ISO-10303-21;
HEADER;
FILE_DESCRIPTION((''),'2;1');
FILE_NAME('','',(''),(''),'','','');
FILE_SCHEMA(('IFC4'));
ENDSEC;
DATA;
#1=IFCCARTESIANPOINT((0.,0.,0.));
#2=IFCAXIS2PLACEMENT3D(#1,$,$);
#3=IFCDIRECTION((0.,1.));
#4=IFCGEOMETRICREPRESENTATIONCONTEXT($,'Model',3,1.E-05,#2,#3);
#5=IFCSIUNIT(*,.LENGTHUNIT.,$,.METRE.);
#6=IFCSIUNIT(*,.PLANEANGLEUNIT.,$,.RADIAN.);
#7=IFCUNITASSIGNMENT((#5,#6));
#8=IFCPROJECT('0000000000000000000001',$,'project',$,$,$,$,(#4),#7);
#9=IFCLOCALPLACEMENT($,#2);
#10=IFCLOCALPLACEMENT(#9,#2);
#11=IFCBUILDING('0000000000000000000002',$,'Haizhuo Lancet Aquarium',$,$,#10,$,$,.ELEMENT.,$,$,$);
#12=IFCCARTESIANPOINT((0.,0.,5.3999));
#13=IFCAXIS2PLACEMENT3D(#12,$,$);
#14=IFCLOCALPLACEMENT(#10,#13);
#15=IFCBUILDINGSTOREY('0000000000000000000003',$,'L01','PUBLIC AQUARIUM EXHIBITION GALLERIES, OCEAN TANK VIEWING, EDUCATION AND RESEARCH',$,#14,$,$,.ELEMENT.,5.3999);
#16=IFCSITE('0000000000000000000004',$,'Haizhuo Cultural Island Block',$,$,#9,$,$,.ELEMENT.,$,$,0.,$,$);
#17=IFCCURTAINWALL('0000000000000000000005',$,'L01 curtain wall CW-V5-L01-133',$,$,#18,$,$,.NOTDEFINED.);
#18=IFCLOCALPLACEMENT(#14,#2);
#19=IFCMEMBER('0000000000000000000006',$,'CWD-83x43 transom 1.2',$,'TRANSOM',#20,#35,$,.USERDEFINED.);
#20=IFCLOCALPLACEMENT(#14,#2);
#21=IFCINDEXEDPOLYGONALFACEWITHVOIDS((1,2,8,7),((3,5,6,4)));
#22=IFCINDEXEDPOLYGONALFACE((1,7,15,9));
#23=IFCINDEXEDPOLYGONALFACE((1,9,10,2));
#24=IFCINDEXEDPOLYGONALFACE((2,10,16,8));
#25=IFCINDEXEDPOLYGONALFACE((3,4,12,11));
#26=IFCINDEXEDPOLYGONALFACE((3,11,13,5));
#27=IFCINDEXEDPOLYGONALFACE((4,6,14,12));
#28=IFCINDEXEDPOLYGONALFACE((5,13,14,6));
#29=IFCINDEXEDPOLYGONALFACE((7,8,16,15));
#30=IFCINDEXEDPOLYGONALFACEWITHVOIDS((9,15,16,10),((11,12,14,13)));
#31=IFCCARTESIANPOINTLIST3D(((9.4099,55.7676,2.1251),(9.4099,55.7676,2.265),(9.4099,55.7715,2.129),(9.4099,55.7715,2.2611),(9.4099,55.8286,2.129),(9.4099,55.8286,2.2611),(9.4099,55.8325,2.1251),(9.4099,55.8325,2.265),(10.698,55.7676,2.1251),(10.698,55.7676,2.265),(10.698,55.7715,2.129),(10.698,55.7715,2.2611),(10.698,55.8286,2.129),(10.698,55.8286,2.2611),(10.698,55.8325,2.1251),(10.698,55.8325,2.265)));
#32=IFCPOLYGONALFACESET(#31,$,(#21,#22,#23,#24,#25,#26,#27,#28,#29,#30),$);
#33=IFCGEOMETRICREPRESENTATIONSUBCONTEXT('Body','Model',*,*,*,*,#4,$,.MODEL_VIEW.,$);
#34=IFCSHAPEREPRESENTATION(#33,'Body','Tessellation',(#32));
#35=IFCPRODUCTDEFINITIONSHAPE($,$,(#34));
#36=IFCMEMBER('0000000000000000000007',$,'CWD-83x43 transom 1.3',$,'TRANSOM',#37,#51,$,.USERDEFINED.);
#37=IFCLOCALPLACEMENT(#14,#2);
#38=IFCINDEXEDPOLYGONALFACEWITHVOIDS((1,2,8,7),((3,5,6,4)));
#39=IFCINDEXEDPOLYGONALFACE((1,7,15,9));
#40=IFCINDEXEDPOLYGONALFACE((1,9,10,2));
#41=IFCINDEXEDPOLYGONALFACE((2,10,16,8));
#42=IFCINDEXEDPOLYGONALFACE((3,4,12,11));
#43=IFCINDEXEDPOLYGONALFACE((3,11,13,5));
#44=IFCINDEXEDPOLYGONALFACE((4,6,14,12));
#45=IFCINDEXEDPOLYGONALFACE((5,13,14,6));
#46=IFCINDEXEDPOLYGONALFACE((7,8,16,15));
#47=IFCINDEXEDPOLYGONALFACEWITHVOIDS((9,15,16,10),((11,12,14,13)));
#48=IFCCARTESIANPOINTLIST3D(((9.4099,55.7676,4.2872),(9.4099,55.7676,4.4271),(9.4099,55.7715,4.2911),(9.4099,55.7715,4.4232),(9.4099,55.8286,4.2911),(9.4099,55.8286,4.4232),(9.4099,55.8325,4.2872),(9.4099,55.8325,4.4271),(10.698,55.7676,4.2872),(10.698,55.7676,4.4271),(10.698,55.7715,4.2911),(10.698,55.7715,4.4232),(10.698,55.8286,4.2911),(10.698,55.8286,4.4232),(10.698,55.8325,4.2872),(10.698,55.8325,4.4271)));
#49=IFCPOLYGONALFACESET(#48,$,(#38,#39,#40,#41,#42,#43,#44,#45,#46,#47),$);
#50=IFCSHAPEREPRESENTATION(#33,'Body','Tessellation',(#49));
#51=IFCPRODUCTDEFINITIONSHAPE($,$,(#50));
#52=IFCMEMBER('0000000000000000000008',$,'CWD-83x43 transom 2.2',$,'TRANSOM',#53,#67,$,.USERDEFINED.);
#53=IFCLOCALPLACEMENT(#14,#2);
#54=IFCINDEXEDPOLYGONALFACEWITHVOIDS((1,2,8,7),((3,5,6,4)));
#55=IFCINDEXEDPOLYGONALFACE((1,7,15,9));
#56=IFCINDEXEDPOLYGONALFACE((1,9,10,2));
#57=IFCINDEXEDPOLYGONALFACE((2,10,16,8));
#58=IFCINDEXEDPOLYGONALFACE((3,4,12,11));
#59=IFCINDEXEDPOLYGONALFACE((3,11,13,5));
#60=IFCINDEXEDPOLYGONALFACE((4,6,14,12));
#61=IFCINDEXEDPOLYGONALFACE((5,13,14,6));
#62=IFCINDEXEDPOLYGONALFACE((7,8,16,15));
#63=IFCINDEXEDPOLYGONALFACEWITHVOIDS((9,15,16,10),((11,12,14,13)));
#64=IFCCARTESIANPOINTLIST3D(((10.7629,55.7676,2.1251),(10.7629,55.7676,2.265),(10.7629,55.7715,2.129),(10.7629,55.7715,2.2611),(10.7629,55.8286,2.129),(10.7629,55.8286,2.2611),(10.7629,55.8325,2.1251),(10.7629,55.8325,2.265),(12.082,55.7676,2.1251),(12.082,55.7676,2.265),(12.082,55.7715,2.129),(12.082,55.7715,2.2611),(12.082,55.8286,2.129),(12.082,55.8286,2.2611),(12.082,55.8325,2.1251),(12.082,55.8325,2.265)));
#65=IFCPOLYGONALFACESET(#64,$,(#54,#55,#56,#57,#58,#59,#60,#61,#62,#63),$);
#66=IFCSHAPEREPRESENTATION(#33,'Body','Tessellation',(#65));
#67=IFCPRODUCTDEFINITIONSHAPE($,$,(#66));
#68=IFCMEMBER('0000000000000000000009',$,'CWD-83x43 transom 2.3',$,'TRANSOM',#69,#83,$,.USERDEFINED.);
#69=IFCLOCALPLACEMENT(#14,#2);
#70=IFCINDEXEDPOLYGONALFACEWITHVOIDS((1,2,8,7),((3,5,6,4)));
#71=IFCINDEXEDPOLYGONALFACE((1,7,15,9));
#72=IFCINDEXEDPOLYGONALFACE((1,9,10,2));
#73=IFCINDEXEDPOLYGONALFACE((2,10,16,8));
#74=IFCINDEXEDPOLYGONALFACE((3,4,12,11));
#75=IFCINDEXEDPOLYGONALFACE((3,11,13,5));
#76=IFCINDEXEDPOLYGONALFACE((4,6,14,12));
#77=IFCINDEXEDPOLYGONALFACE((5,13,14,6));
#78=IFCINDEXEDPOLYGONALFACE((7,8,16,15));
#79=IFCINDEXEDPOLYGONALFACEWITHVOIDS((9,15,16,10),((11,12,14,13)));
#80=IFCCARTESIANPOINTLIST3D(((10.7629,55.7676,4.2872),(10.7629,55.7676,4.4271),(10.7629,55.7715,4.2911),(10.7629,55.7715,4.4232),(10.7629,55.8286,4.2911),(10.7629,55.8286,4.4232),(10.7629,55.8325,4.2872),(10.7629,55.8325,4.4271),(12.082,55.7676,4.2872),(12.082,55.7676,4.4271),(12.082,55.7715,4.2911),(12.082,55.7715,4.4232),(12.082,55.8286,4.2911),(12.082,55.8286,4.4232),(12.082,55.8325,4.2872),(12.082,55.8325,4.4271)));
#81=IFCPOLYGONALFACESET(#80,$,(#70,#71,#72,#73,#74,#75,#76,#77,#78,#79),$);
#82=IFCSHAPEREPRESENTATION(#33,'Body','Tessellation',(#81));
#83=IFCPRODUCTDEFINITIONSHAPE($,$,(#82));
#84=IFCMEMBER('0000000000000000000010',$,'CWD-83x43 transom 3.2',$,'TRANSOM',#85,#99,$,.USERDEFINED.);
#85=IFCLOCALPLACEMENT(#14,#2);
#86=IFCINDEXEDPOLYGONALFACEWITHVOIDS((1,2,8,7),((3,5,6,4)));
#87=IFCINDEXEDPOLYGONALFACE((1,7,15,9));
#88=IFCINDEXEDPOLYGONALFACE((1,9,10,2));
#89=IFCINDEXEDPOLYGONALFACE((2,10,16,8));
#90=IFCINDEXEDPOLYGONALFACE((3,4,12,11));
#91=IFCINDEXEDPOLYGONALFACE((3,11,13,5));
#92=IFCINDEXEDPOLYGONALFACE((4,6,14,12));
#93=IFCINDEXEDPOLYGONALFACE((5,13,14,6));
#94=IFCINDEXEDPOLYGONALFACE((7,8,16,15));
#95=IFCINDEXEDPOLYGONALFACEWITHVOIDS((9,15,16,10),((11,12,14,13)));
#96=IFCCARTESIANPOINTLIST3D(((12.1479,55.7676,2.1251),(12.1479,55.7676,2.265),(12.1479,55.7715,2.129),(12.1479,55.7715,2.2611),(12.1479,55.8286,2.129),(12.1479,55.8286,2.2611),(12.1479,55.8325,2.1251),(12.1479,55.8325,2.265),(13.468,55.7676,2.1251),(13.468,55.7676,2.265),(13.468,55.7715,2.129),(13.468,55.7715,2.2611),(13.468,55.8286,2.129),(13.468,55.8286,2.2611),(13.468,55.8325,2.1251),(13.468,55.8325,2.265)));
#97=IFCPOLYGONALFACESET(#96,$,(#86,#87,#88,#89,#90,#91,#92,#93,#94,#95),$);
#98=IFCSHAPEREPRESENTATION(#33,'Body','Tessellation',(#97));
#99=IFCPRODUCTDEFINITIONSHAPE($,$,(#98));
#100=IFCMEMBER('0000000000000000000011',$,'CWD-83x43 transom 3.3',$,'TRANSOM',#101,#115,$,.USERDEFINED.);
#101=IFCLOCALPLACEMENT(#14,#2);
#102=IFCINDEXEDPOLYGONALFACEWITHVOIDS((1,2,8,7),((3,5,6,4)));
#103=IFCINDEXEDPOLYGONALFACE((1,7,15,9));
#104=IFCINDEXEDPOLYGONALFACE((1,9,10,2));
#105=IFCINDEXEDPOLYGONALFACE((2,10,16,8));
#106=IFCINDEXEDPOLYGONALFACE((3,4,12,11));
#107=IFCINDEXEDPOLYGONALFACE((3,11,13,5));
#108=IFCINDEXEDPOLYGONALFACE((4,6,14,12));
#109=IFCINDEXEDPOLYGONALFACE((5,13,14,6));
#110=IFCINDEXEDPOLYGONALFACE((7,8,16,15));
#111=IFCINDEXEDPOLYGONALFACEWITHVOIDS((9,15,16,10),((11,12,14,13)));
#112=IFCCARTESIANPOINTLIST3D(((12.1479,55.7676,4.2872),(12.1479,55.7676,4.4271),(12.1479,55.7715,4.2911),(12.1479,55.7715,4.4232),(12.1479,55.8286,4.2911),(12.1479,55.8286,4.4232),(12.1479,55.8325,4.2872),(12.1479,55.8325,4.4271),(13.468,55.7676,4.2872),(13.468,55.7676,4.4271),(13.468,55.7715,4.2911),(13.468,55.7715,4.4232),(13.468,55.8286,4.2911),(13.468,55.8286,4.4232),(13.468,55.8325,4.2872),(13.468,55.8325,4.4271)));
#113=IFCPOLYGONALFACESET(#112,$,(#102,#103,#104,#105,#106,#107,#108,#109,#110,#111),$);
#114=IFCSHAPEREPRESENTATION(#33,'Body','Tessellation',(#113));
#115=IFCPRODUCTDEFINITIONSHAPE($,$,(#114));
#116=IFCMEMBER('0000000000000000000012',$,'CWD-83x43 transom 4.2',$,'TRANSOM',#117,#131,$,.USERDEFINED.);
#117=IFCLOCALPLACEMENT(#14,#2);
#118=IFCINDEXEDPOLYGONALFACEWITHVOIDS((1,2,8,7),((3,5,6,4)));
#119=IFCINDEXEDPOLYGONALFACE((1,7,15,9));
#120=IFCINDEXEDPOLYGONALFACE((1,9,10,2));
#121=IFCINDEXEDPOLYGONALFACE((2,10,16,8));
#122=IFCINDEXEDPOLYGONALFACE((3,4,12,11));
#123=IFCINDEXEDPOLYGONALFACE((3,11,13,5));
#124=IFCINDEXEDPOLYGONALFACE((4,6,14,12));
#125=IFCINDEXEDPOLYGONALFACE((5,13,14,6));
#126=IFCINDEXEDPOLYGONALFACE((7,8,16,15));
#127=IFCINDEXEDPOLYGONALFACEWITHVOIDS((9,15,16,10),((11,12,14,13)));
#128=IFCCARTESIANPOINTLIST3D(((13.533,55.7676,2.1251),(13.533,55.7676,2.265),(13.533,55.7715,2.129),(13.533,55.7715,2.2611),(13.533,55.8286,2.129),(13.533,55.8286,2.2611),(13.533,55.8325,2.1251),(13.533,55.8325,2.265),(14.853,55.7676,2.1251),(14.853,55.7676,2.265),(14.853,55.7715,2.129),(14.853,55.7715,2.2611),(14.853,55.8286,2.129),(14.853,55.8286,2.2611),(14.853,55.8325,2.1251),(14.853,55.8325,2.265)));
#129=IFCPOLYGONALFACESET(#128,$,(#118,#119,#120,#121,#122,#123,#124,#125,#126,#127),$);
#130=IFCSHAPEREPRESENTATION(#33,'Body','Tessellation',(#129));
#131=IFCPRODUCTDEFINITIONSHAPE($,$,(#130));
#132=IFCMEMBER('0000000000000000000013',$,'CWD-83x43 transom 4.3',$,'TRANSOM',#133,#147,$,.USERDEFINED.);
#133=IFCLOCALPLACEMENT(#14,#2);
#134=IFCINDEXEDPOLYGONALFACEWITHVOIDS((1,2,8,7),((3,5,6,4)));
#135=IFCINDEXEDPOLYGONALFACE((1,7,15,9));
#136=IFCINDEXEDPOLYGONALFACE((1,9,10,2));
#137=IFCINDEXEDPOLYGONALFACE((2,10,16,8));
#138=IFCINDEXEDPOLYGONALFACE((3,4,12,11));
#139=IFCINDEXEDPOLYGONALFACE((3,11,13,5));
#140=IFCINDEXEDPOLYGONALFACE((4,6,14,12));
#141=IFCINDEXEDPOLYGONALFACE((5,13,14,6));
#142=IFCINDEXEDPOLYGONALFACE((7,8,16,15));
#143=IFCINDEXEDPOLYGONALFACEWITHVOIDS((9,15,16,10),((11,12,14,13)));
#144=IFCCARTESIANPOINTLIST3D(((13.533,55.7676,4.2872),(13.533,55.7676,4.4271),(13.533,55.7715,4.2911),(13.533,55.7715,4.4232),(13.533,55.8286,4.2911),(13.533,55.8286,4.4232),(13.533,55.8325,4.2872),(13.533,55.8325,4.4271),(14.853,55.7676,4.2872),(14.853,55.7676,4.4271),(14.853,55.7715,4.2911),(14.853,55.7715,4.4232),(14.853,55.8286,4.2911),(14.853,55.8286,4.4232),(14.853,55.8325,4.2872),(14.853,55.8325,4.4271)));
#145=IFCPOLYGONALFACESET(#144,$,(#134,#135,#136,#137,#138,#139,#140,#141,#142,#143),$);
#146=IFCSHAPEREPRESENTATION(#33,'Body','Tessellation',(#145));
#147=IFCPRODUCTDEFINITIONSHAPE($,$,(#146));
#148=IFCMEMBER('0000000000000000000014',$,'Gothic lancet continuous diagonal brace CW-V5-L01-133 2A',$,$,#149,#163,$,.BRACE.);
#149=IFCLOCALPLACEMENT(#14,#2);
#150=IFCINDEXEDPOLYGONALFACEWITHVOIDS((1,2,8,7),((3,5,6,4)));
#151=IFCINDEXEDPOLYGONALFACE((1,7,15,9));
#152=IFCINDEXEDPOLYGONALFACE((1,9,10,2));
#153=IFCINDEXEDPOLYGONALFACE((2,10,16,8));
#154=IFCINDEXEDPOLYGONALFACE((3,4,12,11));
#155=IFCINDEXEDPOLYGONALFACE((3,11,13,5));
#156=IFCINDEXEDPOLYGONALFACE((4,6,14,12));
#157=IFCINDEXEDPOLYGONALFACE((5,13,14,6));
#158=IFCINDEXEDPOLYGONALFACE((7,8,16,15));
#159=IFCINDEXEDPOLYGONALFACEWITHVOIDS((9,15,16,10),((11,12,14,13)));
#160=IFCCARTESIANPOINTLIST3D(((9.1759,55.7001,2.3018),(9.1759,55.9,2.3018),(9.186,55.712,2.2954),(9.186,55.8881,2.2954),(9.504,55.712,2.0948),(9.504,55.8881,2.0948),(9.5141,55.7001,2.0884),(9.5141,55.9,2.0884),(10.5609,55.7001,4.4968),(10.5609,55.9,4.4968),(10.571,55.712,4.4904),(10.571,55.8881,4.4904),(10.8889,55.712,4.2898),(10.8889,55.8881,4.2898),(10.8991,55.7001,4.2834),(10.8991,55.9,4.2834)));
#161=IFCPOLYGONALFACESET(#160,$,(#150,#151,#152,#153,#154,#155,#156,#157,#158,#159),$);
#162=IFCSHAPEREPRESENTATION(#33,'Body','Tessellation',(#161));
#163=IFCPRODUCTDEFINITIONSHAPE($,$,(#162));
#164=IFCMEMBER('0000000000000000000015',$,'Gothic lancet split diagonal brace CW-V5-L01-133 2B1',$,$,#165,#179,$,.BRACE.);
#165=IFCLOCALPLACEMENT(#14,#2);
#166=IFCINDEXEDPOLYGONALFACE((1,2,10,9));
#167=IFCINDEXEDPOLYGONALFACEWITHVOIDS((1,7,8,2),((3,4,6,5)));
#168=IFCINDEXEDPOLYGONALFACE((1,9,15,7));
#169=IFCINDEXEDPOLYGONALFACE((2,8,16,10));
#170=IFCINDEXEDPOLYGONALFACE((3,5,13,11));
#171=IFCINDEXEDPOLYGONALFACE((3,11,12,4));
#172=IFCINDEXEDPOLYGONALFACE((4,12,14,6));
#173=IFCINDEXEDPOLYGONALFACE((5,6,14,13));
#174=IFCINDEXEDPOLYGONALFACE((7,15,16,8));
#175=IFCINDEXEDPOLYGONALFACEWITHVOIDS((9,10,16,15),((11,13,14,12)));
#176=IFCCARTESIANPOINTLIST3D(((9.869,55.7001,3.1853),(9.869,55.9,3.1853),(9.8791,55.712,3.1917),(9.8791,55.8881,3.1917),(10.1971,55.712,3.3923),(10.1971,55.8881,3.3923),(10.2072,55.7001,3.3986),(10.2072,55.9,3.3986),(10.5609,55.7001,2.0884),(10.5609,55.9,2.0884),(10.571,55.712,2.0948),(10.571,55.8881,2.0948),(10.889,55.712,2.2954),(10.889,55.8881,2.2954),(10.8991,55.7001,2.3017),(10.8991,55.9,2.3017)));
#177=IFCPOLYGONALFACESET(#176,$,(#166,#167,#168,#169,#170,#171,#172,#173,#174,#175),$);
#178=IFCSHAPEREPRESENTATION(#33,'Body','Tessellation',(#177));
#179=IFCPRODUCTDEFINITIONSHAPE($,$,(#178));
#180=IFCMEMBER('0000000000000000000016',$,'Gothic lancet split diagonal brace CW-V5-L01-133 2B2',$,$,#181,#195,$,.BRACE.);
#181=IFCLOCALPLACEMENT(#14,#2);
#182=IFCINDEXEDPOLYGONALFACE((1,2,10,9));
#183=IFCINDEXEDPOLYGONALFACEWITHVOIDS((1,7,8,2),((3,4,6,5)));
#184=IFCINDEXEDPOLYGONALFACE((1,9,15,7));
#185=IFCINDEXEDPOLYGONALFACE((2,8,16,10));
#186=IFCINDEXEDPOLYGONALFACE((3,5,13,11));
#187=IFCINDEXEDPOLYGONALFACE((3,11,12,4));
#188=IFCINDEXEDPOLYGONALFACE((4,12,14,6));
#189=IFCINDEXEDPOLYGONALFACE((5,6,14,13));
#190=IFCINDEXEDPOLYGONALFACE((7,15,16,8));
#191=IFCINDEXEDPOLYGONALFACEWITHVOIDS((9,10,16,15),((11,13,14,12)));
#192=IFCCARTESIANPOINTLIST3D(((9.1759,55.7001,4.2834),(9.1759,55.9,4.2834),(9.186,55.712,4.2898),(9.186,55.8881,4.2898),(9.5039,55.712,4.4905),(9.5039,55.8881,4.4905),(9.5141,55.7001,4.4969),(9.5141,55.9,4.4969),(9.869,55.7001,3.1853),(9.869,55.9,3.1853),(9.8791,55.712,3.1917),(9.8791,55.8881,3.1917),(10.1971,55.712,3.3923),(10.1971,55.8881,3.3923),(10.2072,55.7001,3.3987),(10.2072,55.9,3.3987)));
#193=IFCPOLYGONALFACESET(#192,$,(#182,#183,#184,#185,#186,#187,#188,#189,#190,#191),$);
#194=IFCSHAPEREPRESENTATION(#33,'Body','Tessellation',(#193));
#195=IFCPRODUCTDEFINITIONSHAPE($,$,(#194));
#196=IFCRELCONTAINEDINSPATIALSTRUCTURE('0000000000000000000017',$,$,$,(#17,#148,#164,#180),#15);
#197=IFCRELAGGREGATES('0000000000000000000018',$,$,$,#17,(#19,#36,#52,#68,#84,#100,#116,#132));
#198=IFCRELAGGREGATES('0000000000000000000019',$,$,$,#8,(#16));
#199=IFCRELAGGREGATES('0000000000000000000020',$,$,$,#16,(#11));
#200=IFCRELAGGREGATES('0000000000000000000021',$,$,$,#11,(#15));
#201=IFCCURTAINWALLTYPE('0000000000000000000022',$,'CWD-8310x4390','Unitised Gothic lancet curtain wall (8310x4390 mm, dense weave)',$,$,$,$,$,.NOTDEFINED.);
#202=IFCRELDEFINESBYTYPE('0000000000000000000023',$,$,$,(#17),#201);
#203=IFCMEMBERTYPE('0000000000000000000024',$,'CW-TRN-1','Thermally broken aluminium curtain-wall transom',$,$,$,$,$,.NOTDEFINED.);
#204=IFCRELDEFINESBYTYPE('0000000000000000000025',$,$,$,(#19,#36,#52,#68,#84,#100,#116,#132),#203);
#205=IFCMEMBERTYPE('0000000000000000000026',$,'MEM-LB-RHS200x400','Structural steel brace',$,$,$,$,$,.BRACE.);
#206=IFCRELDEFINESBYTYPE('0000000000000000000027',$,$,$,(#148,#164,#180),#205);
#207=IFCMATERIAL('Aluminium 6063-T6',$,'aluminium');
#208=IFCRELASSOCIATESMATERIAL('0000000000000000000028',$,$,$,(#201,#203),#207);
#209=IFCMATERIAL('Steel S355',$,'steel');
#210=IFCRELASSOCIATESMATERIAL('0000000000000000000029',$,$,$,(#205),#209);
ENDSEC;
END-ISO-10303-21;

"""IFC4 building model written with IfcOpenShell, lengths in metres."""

from ifc_helpers import new_model, si_unit, direction, frame, origin, origin_2d, place, context, subcontext, project, spatial, hollow_rectangle, extrude, material, material_profile, profile_set, type_object, element, aggregate, save


model = new_model("IFC4")

# Units and contexts
model_context = context("Model", 3, precision=1e-05, world=origin(), true_north=direction((0.0, 1.0)))
body_context = subcontext(model_context, "Body", "Model", "MODEL_VIEW")
ifc_project = project(units=[si_unit("LENGTHUNIT", "METRE"), si_unit("PLANEANGLEUNIT", "RADIAN")], contexts=[model_context])

# Site, building, storey
site_placement = place(None, origin())
site = spatial("IfcSite", under=ifc_project, at=site_placement, Name="Haizhuo Cultural Island Block", CompositionType="ELEMENT", RefElevation=0.0)
building_placement = place(site_placement, origin())
building = spatial("IfcBuilding", under=site, at=building_placement, Name="Haizhuo Lancet Aquarium", CompositionType="ELEMENT")
storey_placement = place(building_placement, frame((0.0, 0.0, 5.3999)))
storey = spatial("IfcBuildingStorey", under=building, at=storey_placement, Name="L01", Description="PUBLIC AQUARIUM EXHIBITION GALLERIES, OCEAN TANK VIEWING, EDUCATION AND RESEARCH", CompositionType="ELEMENT", Elevation=5.3999)

# Curtain wall, members
ifc_material_1 = material(Name="Aluminium 6063-T6", Category="aluminium")
curtain_wall_type = type_object("IfcCurtainWallType", Name="CWD-8310x4390", Description="Unitised Gothic lancet curtain wall (8310x4390 mm, dense weave)", PredefinedType="NOTDEFINED", material=ifc_material_1)
curtain_wall_placement = place(storey_placement, origin())
curtain_wall = element("IfcCurtainWall", 1, at=curtain_wall_placement, inside=storey, type_object=curtain_wall_type, Name="L01 curtain wall CW-V5-L01-133", PredefinedType="NOTDEFINED")
ifc_material_profile_1 = material_profile(ifc_material_1, hollow_rectangle(XDim=0.0649, YDim=0.1399, WallThickness=0.0039, at=origin_2d()), Name="ALU-T 65x140x4")
ifc_profile_set_1 = profile_set([ifc_material_profile_1], Name="Aluminium 6063-T6")
member_type_1 = type_object("IfcMemberType", Name="CW-TRN-1", Description="Thermally broken aluminium curtain-wall transom", PredefinedType="NOTDEFINED", material=ifc_profile_set_1)
member_1_placement = place(storey_placement, frame((9.4099, 55.8, 2.1951), z_axis=(1.0, 0.0, 0.0), x_axis=(0.0, 1.0, 0.0)))
member_1 = element("IfcMember", 2, at=member_1_placement, type_object=member_type_1, Name="CWD-83x43 transom 1.2", ObjectType="TRANSOM", PredefinedType="USERDEFINED", context=body_context, shape_type="SweptSolid", body=[
    extrude(hollow_rectangle(XDim=0.0649, YDim=0.1399, WallThickness=0.0039, at=origin_2d()), origin(), (0.0, 0.0, 1.0), 1.2881),
])
member_2_placement = place(storey_placement, frame((9.4099, 55.8, 4.3572), z_axis=(1.0, 0.0, 0.0), x_axis=(0.0, 1.0, 0.0)))
member_2 = element("IfcMember", 3, at=member_2_placement, type_object=member_type_1, Name="CWD-83x43 transom 1.3", ObjectType="TRANSOM", PredefinedType="USERDEFINED", context=body_context, shape_type="SweptSolid", body=[
    extrude(hollow_rectangle(XDim=0.0649, YDim=0.1399, WallThickness=0.0039, at=origin_2d()), origin(), (0.0, 0.0, 1.0), 1.2881),
])
member_3_placement = place(storey_placement, frame((10.7629, 55.8, 2.1951), z_axis=(1.0, 0.0, 0.0), x_axis=(0.0, 1.0, 0.0)))
member_3 = element("IfcMember", 4, at=member_3_placement, type_object=member_type_1, Name="CWD-83x43 transom 2.2", ObjectType="TRANSOM", PredefinedType="USERDEFINED", context=body_context, shape_type="SweptSolid", body=[
    extrude(hollow_rectangle(XDim=0.0649, YDim=0.1399, WallThickness=0.0039, at=origin_2d()), origin(), (0.0, 0.0, 1.0), 1.3191),
])
member_4_placement = place(storey_placement, frame((10.7629, 55.8, 4.3572), z_axis=(1.0, 0.0, 0.0), x_axis=(0.0, 1.0, 0.0)))
member_4 = element("IfcMember", 5, at=member_4_placement, type_object=member_type_1, Name="CWD-83x43 transom 2.3", ObjectType="TRANSOM", PredefinedType="USERDEFINED", context=body_context, shape_type="SweptSolid", body=[
    extrude(hollow_rectangle(XDim=0.0649, YDim=0.1399, WallThickness=0.0039, at=origin_2d()), origin(), (0.0, 0.0, 1.0), 1.3191),
])
member_5_placement = place(storey_placement, frame((12.1479, 55.8, 2.1951), z_axis=(1.0, 0.0, 0.0), x_axis=(0.0, 1.0, 0.0)))
member_5 = element("IfcMember", 6, at=member_5_placement, type_object=member_type_1, Name="CWD-83x43 transom 3.2", ObjectType="TRANSOM", PredefinedType="USERDEFINED", context=body_context, shape_type="SweptSolid", body=[
    extrude(hollow_rectangle(XDim=0.0649, YDim=0.1399, WallThickness=0.0039, at=origin_2d()), origin(), (0.0, 0.0, 1.0), 1.3201),
])
member_6_placement = place(storey_placement, frame((12.1479, 55.8, 4.3572), z_axis=(1.0, 0.0, 0.0), x_axis=(0.0, 1.0, 0.0)))
member_6 = element("IfcMember", 7, at=member_6_placement, type_object=member_type_1, Name="CWD-83x43 transom 3.3", ObjectType="TRANSOM", PredefinedType="USERDEFINED", context=body_context, shape_type="SweptSolid", body=[
    extrude(hollow_rectangle(XDim=0.0649, YDim=0.1399, WallThickness=0.0039, at=origin_2d()), origin(), (0.0, 0.0, 1.0), 1.3201),
])
member_7_placement = place(storey_placement, frame((13.533, 55.8, 2.1951), z_axis=(1.0, 0.0, 0.0), x_axis=(0.0, 1.0, 0.0)))
member_7 = element("IfcMember", 8, at=member_7_placement, type_object=member_type_1, Name="CWD-83x43 transom 4.2", ObjectType="TRANSOM", PredefinedType="USERDEFINED", context=body_context, shape_type="SweptSolid", body=[
    extrude(hollow_rectangle(XDim=0.0649, YDim=0.1399, WallThickness=0.0039, at=origin_2d()), origin(), (0.0, 0.0, 1.0), 1.3201),
])
member_8_placement = place(storey_placement, frame((13.533, 55.8, 4.3572), z_axis=(1.0, 0.0, 0.0), x_axis=(0.0, 1.0, 0.0)))
member_8 = element("IfcMember", 9, at=member_8_placement, type_object=member_type_1, Name="CWD-83x43 transom 4.3", ObjectType="TRANSOM", PredefinedType="USERDEFINED", context=body_context, shape_type="SweptSolid", body=[
    extrude(hollow_rectangle(XDim=0.0649, YDim=0.1399, WallThickness=0.0039, at=origin_2d()), origin(), (0.0, 0.0, 1.0), 1.3201),
])

# Members
ifc_material_2 = material(Name="Steel S355", Category="steel")
ifc_material_profile_2 = material_profile(ifc_material_2, hollow_rectangle(XDim=0.2, YDim=0.3999, WallThickness=0.012, at=origin_2d()), Name="RHS 200x400x12")
ifc_profile_set_2 = profile_set([ifc_material_profile_2], Name="Steel S355")
member_type_2 = type_object("IfcMemberType", Name="MEM-LB-RHS200x400", Description="Structural steel brace", PredefinedType="BRACE", material=ifc_profile_set_2)
member_9_placement = place(storey_placement, frame((9.345, 55.8, 2.1951), z_axis=(0.533621, 0.0, 0.845724), x_axis=(0.0, 1.0, 0.0)))
element("IfcMember", 10, at=member_9_placement, inside=storey, type_object=member_type_2, Name="Gothic lancet continuous diagonal brace CW-V5-L01-133 2A", PredefinedType="BRACE", context=body_context, shape_type="SweptSolid", body=[
    extrude(hollow_rectangle(XDim=0.2, YDim=0.3999, WallThickness=0.012, at=origin_2d()), origin(), (0.0, 0.0, 1.0), 2.5955),
])
member_10_placement = place(storey_placement, frame((10.73, 55.8, 2.1951), z_axis=(-0.533497, 0.0, 0.845802), x_axis=(0.0, -1.0, 0.0)))
element("IfcMember", 11, at=member_10_placement, inside=storey, type_object=member_type_2, Name="Gothic lancet split diagonal brace CW-V5-L01-133 2B1", PredefinedType="BRACE", context=body_context, shape_type="SweptSolid", body=[
    extrude(hollow_rectangle(XDim=0.2, YDim=0.3999, WallThickness=0.012, at=origin_2d()), origin(), (0.0, 0.0, 1.0), 1.2969),
])
member_11_placement = place(storey_placement, frame((10.0381, 55.8, 3.292), z_axis=(-0.533745, 0.0, 0.845645), x_axis=(0.0, -1.0, 0.0)))
element("IfcMember", 12, at=member_11_placement, inside=storey, type_object=member_type_2, Name="Gothic lancet split diagonal brace CW-V5-L01-133 2B2", PredefinedType="BRACE", context=body_context, shape_type="SweptSolid", body=[
    extrude(hollow_rectangle(XDim=0.2, YDim=0.3999, WallThickness=0.012, at=origin_2d()), origin(), (0.0, 0.0, 1.0), 1.2986),
])

aggregate(curtain_wall, [member_1, member_2, member_3, member_4, member_5, member_6, member_7, member_8])

save(model, "model.ifc")
